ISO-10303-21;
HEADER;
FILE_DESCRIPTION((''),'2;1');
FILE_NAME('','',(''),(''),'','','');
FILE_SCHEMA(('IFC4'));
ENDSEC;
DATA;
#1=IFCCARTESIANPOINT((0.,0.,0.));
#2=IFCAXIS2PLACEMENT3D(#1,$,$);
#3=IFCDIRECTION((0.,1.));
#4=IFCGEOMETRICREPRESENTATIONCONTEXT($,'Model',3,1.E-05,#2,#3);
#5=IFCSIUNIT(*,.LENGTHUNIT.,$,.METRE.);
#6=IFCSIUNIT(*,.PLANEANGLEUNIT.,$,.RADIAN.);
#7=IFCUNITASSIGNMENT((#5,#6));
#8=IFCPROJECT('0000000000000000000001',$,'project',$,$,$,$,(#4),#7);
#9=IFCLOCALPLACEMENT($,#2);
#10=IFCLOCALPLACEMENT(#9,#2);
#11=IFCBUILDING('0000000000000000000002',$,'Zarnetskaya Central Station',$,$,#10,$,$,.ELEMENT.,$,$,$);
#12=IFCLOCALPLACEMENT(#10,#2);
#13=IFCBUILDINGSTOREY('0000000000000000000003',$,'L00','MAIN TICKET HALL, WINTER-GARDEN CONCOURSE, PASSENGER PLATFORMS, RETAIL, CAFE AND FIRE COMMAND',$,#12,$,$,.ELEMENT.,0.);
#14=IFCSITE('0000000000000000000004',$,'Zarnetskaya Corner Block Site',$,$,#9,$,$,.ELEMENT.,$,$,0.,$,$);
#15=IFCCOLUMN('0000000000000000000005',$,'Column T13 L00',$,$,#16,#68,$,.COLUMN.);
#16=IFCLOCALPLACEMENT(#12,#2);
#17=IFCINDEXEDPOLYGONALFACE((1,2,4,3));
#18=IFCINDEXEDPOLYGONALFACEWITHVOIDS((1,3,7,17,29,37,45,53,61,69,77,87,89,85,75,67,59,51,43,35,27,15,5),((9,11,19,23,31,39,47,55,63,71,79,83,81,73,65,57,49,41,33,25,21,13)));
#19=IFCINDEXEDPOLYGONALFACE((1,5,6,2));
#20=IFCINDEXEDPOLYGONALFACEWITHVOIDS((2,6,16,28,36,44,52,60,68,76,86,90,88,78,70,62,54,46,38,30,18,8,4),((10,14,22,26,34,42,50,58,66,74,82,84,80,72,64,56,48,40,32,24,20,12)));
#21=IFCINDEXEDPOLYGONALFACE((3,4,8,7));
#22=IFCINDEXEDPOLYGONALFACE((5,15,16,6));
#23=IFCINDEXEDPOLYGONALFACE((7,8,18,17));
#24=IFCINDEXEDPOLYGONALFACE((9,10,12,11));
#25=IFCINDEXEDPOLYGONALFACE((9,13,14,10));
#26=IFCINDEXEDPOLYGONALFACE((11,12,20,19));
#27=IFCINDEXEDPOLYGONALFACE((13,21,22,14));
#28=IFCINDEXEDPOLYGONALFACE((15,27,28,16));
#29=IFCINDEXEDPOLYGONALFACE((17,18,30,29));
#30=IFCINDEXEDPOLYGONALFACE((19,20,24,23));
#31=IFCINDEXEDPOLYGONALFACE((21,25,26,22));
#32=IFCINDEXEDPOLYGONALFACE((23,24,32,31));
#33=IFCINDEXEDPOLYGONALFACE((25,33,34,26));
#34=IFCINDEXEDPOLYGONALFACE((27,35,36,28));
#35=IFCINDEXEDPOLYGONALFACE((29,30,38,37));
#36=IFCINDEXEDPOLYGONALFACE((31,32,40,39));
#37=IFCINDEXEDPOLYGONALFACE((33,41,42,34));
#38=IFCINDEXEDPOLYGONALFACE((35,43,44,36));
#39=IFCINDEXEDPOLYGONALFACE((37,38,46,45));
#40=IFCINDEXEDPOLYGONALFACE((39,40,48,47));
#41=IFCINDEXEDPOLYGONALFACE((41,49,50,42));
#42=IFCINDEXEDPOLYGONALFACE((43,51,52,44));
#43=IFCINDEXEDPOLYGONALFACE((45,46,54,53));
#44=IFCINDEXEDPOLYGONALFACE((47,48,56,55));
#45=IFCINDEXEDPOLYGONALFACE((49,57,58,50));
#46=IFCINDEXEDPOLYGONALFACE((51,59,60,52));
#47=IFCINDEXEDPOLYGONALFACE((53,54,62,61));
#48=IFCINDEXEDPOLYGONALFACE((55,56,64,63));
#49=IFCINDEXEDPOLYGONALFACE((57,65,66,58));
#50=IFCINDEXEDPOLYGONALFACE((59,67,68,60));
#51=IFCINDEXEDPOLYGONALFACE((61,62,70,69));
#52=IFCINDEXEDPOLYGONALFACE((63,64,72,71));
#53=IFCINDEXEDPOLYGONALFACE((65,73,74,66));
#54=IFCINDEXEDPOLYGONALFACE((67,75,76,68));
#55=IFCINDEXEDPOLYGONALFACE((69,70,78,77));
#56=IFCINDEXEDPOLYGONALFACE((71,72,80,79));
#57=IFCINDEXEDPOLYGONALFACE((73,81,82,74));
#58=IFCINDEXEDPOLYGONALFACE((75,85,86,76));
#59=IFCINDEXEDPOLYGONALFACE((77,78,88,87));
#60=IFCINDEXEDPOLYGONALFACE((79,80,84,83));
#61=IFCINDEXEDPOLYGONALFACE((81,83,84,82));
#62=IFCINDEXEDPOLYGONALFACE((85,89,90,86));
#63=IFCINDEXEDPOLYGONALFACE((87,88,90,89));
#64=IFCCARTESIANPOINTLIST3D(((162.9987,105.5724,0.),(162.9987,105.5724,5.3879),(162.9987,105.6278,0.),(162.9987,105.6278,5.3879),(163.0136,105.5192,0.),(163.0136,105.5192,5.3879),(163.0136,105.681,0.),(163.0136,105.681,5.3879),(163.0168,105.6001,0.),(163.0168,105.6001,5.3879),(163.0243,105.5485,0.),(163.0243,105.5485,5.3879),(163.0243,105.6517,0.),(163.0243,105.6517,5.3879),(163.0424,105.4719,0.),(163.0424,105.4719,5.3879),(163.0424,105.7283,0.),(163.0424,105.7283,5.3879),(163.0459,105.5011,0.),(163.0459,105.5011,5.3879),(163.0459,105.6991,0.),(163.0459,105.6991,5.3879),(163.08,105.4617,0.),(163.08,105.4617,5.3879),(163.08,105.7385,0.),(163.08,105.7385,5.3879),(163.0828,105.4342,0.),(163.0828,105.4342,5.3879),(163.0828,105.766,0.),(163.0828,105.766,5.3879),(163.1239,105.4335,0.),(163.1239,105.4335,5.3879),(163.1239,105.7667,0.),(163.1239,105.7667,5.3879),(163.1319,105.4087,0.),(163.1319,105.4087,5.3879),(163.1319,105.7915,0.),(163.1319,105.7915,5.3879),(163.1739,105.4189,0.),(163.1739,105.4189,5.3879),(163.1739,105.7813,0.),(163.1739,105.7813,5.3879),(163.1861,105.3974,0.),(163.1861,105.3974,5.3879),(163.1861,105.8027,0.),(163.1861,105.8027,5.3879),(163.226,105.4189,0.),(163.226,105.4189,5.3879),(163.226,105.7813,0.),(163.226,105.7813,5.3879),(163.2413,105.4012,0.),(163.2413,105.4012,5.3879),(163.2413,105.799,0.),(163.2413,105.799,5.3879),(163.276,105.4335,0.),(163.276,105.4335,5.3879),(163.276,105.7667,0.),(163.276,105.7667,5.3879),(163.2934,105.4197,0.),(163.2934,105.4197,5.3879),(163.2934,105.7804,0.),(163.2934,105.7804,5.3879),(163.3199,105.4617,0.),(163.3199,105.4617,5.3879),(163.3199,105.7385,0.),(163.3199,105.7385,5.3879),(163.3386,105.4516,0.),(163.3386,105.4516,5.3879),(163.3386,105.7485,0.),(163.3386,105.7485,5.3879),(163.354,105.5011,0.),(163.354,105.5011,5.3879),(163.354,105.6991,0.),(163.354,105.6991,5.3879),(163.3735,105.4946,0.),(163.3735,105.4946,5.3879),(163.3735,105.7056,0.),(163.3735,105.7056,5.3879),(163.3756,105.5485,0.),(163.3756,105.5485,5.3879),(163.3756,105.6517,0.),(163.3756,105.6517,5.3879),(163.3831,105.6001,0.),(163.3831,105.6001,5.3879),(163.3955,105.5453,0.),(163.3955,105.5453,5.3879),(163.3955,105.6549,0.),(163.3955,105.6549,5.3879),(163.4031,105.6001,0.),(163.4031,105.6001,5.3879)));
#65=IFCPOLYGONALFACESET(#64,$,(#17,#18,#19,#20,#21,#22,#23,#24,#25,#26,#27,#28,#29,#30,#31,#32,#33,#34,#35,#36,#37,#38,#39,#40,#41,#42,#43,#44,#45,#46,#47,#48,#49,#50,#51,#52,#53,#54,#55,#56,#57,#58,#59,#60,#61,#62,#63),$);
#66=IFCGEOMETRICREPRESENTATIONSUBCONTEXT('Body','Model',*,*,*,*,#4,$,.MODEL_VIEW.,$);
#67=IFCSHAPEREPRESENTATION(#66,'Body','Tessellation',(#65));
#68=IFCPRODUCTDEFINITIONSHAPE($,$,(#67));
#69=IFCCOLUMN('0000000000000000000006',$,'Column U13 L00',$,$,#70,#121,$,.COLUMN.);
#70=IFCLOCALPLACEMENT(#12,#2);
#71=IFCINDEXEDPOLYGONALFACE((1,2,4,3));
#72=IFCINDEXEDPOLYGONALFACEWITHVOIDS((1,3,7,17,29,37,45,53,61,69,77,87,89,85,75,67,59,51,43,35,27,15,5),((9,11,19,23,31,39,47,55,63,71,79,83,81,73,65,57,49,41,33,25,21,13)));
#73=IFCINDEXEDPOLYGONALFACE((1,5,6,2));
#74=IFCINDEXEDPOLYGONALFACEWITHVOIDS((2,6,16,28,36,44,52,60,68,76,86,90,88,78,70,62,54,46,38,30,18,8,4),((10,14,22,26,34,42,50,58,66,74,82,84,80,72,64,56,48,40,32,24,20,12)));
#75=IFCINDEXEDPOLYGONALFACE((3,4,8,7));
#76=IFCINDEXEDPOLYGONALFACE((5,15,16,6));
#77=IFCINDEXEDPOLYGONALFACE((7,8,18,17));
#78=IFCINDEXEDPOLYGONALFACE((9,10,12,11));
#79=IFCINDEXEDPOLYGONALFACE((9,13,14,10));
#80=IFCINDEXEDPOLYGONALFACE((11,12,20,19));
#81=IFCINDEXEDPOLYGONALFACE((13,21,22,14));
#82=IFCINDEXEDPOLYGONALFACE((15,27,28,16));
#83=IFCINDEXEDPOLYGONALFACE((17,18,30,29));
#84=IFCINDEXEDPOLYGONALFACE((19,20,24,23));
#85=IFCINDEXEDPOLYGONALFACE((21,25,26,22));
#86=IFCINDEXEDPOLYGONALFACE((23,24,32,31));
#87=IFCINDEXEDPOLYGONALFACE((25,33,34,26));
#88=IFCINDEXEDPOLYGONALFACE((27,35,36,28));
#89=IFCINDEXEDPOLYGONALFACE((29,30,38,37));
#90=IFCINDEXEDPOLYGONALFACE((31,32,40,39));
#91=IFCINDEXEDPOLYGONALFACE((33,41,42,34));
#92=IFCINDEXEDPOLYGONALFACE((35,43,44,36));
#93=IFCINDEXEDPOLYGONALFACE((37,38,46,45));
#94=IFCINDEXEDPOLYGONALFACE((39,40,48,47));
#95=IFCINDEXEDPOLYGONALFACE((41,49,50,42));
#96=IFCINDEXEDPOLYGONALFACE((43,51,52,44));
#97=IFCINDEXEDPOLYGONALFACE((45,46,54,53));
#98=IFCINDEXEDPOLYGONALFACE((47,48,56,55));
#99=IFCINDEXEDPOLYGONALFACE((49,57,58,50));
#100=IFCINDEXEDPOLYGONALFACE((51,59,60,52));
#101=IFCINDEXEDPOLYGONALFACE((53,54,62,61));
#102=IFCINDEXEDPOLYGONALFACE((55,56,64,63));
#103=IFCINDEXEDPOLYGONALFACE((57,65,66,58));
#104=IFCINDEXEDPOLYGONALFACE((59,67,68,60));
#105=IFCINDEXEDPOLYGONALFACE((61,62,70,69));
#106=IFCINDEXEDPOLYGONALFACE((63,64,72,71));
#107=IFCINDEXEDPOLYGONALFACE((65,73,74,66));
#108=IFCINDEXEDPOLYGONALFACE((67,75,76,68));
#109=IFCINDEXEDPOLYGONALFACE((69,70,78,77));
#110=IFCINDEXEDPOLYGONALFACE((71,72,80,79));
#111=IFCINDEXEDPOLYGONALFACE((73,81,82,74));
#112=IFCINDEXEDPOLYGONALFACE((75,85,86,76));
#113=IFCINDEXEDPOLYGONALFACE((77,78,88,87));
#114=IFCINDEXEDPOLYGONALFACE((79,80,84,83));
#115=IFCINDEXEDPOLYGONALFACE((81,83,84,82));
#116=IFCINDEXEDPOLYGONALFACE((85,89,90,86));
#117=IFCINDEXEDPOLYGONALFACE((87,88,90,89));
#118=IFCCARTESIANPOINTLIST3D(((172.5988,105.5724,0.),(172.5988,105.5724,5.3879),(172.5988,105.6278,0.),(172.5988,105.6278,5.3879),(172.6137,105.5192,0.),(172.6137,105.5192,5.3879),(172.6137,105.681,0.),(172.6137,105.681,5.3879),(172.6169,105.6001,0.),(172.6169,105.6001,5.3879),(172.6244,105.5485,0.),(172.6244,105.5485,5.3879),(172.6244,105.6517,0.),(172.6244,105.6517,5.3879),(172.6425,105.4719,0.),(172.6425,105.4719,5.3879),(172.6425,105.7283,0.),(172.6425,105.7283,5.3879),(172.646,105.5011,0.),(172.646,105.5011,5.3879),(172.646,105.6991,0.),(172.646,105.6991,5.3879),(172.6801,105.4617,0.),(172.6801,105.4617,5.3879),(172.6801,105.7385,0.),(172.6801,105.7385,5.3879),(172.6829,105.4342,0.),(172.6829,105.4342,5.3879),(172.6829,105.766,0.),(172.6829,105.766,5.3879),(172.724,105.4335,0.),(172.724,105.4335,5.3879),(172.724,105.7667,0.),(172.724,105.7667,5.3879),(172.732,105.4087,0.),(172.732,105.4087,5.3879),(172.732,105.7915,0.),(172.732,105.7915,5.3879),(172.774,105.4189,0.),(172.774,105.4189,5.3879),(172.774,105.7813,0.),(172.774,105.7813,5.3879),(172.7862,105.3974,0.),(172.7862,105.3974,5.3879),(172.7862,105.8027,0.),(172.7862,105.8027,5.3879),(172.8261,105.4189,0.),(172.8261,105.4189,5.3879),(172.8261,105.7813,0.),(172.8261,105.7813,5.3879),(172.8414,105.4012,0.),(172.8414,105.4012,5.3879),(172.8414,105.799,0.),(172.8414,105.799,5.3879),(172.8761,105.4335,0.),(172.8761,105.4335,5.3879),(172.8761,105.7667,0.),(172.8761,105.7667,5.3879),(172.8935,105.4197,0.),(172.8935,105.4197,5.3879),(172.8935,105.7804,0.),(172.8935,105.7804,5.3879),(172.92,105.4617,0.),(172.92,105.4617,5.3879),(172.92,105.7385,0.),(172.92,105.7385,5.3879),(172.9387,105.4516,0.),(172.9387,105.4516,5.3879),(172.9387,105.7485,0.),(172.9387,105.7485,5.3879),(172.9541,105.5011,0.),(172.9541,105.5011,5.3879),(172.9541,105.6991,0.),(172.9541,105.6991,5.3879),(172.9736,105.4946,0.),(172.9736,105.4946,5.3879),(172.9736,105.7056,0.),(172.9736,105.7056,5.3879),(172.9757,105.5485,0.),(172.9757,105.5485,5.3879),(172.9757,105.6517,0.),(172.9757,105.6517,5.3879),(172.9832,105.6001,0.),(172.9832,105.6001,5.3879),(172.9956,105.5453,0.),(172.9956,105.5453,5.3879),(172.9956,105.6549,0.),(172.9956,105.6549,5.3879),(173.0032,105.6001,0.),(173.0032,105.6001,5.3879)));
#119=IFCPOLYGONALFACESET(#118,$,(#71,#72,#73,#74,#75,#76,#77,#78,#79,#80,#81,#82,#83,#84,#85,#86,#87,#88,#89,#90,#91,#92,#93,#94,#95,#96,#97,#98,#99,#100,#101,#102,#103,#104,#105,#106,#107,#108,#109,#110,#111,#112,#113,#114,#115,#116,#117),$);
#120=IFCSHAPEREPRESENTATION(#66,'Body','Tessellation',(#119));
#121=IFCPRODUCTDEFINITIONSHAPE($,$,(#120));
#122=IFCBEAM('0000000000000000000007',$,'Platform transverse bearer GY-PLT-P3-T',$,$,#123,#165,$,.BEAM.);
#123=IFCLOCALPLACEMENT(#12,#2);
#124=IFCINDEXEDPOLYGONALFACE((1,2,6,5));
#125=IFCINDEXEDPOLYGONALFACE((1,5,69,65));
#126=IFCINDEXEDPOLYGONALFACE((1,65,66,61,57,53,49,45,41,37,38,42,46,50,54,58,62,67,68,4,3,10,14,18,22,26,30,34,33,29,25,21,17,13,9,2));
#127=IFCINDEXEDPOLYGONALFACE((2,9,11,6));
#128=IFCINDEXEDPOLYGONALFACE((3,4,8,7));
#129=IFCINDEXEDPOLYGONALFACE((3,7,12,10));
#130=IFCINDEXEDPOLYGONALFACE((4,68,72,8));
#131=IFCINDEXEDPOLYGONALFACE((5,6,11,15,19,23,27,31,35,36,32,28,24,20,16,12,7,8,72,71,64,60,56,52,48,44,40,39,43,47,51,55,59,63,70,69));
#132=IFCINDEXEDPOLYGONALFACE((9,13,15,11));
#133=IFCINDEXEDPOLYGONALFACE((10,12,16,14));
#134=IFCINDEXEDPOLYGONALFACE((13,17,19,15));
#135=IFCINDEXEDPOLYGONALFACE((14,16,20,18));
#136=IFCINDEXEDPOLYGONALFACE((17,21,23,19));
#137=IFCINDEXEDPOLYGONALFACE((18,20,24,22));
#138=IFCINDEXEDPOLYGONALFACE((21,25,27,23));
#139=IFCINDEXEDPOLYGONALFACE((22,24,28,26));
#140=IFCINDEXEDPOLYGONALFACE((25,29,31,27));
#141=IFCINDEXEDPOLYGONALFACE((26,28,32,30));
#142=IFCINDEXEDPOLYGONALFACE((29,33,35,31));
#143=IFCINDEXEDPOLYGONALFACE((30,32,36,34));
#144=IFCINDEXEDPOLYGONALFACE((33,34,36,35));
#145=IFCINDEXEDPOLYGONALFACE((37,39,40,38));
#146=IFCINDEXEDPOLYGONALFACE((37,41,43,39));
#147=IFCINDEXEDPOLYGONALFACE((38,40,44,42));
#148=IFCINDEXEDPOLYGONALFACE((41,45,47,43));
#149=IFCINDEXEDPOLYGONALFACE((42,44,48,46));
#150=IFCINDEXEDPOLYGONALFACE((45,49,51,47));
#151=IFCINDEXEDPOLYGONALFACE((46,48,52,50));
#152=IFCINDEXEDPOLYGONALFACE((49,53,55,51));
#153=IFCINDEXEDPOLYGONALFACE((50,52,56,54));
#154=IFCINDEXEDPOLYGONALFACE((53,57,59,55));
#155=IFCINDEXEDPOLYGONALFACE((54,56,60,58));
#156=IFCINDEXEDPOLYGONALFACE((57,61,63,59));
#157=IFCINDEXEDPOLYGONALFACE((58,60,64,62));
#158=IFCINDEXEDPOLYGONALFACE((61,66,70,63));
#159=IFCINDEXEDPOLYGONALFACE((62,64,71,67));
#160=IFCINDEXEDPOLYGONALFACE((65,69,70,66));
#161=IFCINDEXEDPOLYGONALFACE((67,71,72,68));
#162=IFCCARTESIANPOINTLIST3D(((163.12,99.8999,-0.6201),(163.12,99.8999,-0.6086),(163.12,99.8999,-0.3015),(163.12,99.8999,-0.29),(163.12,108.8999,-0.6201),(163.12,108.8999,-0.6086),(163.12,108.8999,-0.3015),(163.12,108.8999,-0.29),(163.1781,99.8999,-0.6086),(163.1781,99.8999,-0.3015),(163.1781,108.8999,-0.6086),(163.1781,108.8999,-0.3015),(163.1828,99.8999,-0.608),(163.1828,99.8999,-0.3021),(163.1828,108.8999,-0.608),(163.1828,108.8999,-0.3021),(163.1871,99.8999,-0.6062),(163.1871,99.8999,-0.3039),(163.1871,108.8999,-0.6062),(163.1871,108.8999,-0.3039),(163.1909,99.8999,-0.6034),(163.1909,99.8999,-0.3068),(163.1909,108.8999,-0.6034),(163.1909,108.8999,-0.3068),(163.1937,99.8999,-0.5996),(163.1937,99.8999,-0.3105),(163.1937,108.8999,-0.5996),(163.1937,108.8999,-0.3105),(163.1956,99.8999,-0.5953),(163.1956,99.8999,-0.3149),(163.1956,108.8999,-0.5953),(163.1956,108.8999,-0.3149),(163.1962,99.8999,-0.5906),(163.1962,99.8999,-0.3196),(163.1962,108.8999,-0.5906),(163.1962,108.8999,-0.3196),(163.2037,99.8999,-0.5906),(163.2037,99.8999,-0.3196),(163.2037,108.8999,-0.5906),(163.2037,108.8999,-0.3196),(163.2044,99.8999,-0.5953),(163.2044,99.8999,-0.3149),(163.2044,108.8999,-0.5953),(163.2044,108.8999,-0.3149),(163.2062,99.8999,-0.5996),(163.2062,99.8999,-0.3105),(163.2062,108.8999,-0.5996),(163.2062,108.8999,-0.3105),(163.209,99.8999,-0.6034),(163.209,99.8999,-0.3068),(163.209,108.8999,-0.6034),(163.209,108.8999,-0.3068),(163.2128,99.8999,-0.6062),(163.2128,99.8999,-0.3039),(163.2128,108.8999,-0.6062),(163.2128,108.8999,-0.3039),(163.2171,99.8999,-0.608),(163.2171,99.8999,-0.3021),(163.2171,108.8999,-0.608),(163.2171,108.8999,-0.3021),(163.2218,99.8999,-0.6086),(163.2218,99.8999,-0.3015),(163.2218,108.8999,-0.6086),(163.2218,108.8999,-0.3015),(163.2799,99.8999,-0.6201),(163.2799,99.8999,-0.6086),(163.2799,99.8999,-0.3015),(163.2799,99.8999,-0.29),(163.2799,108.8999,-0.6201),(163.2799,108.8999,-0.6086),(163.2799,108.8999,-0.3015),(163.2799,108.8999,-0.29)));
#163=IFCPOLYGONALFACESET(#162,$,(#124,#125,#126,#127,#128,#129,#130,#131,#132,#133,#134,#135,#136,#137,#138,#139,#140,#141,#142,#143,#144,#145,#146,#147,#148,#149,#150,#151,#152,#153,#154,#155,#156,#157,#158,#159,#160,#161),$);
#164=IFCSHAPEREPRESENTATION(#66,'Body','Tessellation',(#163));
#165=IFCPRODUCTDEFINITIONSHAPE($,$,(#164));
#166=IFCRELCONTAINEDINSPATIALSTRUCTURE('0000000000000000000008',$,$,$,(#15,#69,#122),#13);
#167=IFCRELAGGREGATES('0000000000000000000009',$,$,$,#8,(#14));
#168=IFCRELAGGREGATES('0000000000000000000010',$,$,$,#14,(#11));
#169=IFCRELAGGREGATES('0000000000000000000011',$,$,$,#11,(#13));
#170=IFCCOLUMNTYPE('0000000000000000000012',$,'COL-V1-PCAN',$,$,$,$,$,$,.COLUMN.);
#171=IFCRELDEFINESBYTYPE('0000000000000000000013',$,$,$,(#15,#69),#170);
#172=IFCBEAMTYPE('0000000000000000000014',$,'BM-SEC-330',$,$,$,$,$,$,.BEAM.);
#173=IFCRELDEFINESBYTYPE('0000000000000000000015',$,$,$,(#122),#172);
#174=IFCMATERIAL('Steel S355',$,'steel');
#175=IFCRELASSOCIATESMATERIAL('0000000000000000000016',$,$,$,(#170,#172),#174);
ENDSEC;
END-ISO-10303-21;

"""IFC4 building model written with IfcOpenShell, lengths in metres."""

from ifc_helpers import new_model, si_unit, direction, frame, origin, origin_2d, place, context, subcontext, project, spatial, hollow_circle, i_section, extrude, material, material_profile, profile_set, type_object, element, save


model = new_model("IFC4")

# Units and contexts
model_context = context("Model", 3, precision=1e-05, world=origin(), true_north=direction((0.0, 1.0)))
body_context = subcontext(model_context, "Body", "Model", "MODEL_VIEW")
ifc_project = project(units=[si_unit("LENGTHUNIT", "METRE"), si_unit("PLANEANGLEUNIT", "RADIAN")], contexts=[model_context])

# Site, building, storey
site_placement = place(None, origin())
site = spatial("IfcSite", under=ifc_project, at=site_placement, Name="Zarnetskaya Corner Block Site", CompositionType="ELEMENT", RefElevation=0.0)
building_placement = place(site_placement, origin())
building = spatial("IfcBuilding", under=site, at=building_placement, Name="Zarnetskaya Central Station", CompositionType="ELEMENT")
storey_placement = place(building_placement, origin())
storey = spatial("IfcBuildingStorey", under=building, at=storey_placement, Name="L00", Description="MAIN TICKET HALL, WINTER-GARDEN CONCOURSE, PASSENGER PLATFORMS, RETAIL, CAFE AND FIRE COMMAND", CompositionType="ELEMENT", Elevation=0.0)

# Columns
ifc_material = material(Name="Steel S355", Category="steel")
ifc_material_profile_1 = material_profile(ifc_material, hollow_circle(Radius=0.2031, WallThickness=0.02, at=origin_2d()), Name="CHS 406.4x20")
ifc_profile_set_1 = profile_set([ifc_material_profile_1], Name="Steel S355")
column_type = type_object("IfcColumnType", Name="COL-V1-PCAN", PredefinedType="COLUMN", material=ifc_profile_set_1)
for number, where, z_axis, x_axis, name in (
    (1, (163.2, 105.6001, 0.0), (0.0, 0.0, 1.0), (1.0, 0.0, 0.0), "Column T13 L00"),
    (2, (172.8, 105.6001, 0.0), (0.0, 0.0, 1.0), (1.0, 0.0, 0.0), "Column U13 L00"),
):
    element("IfcColumn", number, at=place(storey_placement, frame(where, z_axis=z_axis, x_axis=x_axis)), inside=storey, type_object=column_type, Name=name, PredefinedType="COLUMN", context=body_context, shape_type="SweptSolid", body=[
        extrude(hollow_circle(Radius=0.2031, WallThickness=0.02, at=origin_2d()), origin(), (0.0, 0.0, 1.0), 5.3879),
    ])

# Beam
ifc_material_profile_2 = material_profile(ifc_material, i_section(OverallWidth=0.1599, OverallDepth=0.3301, WebThickness=0.0076, FlangeThickness=0.0115, FilletRadius=0.0181, at=origin_2d()), Name="IPE 330")
ifc_profile_set_2 = profile_set([ifc_material_profile_2], Name="Steel S355")
beam_type_1 = type_object("IfcBeamType", Name="BM-SEC-330", PredefinedType="BEAM", material=ifc_profile_set_2)
for number, where, z_axis, x_axis, name in (
    (3, (163.2, 99.8999, -0.4551), (0.0, 1.0, 0.0), (-1.0, 0.0, 0.0), "Platform transverse bearer GY-PLT-P3-T"),
):
    element("IfcBeam", number, at=place(storey_placement, frame(where, z_axis=z_axis, x_axis=x_axis)), inside=storey, type_object=beam_type_1, Name=name, PredefinedType="BEAM", context=body_context, shape_type="SweptSolid", body=[
        extrude(i_section(OverallWidth=0.1599, OverallDepth=0.3301, WebThickness=0.0076, FlangeThickness=0.0115, FilletRadius=0.0181, at=origin_2d()), origin(), (0.0, 0.0, 1.0), 9.0),
    ])

save(model, "model.ifc")
